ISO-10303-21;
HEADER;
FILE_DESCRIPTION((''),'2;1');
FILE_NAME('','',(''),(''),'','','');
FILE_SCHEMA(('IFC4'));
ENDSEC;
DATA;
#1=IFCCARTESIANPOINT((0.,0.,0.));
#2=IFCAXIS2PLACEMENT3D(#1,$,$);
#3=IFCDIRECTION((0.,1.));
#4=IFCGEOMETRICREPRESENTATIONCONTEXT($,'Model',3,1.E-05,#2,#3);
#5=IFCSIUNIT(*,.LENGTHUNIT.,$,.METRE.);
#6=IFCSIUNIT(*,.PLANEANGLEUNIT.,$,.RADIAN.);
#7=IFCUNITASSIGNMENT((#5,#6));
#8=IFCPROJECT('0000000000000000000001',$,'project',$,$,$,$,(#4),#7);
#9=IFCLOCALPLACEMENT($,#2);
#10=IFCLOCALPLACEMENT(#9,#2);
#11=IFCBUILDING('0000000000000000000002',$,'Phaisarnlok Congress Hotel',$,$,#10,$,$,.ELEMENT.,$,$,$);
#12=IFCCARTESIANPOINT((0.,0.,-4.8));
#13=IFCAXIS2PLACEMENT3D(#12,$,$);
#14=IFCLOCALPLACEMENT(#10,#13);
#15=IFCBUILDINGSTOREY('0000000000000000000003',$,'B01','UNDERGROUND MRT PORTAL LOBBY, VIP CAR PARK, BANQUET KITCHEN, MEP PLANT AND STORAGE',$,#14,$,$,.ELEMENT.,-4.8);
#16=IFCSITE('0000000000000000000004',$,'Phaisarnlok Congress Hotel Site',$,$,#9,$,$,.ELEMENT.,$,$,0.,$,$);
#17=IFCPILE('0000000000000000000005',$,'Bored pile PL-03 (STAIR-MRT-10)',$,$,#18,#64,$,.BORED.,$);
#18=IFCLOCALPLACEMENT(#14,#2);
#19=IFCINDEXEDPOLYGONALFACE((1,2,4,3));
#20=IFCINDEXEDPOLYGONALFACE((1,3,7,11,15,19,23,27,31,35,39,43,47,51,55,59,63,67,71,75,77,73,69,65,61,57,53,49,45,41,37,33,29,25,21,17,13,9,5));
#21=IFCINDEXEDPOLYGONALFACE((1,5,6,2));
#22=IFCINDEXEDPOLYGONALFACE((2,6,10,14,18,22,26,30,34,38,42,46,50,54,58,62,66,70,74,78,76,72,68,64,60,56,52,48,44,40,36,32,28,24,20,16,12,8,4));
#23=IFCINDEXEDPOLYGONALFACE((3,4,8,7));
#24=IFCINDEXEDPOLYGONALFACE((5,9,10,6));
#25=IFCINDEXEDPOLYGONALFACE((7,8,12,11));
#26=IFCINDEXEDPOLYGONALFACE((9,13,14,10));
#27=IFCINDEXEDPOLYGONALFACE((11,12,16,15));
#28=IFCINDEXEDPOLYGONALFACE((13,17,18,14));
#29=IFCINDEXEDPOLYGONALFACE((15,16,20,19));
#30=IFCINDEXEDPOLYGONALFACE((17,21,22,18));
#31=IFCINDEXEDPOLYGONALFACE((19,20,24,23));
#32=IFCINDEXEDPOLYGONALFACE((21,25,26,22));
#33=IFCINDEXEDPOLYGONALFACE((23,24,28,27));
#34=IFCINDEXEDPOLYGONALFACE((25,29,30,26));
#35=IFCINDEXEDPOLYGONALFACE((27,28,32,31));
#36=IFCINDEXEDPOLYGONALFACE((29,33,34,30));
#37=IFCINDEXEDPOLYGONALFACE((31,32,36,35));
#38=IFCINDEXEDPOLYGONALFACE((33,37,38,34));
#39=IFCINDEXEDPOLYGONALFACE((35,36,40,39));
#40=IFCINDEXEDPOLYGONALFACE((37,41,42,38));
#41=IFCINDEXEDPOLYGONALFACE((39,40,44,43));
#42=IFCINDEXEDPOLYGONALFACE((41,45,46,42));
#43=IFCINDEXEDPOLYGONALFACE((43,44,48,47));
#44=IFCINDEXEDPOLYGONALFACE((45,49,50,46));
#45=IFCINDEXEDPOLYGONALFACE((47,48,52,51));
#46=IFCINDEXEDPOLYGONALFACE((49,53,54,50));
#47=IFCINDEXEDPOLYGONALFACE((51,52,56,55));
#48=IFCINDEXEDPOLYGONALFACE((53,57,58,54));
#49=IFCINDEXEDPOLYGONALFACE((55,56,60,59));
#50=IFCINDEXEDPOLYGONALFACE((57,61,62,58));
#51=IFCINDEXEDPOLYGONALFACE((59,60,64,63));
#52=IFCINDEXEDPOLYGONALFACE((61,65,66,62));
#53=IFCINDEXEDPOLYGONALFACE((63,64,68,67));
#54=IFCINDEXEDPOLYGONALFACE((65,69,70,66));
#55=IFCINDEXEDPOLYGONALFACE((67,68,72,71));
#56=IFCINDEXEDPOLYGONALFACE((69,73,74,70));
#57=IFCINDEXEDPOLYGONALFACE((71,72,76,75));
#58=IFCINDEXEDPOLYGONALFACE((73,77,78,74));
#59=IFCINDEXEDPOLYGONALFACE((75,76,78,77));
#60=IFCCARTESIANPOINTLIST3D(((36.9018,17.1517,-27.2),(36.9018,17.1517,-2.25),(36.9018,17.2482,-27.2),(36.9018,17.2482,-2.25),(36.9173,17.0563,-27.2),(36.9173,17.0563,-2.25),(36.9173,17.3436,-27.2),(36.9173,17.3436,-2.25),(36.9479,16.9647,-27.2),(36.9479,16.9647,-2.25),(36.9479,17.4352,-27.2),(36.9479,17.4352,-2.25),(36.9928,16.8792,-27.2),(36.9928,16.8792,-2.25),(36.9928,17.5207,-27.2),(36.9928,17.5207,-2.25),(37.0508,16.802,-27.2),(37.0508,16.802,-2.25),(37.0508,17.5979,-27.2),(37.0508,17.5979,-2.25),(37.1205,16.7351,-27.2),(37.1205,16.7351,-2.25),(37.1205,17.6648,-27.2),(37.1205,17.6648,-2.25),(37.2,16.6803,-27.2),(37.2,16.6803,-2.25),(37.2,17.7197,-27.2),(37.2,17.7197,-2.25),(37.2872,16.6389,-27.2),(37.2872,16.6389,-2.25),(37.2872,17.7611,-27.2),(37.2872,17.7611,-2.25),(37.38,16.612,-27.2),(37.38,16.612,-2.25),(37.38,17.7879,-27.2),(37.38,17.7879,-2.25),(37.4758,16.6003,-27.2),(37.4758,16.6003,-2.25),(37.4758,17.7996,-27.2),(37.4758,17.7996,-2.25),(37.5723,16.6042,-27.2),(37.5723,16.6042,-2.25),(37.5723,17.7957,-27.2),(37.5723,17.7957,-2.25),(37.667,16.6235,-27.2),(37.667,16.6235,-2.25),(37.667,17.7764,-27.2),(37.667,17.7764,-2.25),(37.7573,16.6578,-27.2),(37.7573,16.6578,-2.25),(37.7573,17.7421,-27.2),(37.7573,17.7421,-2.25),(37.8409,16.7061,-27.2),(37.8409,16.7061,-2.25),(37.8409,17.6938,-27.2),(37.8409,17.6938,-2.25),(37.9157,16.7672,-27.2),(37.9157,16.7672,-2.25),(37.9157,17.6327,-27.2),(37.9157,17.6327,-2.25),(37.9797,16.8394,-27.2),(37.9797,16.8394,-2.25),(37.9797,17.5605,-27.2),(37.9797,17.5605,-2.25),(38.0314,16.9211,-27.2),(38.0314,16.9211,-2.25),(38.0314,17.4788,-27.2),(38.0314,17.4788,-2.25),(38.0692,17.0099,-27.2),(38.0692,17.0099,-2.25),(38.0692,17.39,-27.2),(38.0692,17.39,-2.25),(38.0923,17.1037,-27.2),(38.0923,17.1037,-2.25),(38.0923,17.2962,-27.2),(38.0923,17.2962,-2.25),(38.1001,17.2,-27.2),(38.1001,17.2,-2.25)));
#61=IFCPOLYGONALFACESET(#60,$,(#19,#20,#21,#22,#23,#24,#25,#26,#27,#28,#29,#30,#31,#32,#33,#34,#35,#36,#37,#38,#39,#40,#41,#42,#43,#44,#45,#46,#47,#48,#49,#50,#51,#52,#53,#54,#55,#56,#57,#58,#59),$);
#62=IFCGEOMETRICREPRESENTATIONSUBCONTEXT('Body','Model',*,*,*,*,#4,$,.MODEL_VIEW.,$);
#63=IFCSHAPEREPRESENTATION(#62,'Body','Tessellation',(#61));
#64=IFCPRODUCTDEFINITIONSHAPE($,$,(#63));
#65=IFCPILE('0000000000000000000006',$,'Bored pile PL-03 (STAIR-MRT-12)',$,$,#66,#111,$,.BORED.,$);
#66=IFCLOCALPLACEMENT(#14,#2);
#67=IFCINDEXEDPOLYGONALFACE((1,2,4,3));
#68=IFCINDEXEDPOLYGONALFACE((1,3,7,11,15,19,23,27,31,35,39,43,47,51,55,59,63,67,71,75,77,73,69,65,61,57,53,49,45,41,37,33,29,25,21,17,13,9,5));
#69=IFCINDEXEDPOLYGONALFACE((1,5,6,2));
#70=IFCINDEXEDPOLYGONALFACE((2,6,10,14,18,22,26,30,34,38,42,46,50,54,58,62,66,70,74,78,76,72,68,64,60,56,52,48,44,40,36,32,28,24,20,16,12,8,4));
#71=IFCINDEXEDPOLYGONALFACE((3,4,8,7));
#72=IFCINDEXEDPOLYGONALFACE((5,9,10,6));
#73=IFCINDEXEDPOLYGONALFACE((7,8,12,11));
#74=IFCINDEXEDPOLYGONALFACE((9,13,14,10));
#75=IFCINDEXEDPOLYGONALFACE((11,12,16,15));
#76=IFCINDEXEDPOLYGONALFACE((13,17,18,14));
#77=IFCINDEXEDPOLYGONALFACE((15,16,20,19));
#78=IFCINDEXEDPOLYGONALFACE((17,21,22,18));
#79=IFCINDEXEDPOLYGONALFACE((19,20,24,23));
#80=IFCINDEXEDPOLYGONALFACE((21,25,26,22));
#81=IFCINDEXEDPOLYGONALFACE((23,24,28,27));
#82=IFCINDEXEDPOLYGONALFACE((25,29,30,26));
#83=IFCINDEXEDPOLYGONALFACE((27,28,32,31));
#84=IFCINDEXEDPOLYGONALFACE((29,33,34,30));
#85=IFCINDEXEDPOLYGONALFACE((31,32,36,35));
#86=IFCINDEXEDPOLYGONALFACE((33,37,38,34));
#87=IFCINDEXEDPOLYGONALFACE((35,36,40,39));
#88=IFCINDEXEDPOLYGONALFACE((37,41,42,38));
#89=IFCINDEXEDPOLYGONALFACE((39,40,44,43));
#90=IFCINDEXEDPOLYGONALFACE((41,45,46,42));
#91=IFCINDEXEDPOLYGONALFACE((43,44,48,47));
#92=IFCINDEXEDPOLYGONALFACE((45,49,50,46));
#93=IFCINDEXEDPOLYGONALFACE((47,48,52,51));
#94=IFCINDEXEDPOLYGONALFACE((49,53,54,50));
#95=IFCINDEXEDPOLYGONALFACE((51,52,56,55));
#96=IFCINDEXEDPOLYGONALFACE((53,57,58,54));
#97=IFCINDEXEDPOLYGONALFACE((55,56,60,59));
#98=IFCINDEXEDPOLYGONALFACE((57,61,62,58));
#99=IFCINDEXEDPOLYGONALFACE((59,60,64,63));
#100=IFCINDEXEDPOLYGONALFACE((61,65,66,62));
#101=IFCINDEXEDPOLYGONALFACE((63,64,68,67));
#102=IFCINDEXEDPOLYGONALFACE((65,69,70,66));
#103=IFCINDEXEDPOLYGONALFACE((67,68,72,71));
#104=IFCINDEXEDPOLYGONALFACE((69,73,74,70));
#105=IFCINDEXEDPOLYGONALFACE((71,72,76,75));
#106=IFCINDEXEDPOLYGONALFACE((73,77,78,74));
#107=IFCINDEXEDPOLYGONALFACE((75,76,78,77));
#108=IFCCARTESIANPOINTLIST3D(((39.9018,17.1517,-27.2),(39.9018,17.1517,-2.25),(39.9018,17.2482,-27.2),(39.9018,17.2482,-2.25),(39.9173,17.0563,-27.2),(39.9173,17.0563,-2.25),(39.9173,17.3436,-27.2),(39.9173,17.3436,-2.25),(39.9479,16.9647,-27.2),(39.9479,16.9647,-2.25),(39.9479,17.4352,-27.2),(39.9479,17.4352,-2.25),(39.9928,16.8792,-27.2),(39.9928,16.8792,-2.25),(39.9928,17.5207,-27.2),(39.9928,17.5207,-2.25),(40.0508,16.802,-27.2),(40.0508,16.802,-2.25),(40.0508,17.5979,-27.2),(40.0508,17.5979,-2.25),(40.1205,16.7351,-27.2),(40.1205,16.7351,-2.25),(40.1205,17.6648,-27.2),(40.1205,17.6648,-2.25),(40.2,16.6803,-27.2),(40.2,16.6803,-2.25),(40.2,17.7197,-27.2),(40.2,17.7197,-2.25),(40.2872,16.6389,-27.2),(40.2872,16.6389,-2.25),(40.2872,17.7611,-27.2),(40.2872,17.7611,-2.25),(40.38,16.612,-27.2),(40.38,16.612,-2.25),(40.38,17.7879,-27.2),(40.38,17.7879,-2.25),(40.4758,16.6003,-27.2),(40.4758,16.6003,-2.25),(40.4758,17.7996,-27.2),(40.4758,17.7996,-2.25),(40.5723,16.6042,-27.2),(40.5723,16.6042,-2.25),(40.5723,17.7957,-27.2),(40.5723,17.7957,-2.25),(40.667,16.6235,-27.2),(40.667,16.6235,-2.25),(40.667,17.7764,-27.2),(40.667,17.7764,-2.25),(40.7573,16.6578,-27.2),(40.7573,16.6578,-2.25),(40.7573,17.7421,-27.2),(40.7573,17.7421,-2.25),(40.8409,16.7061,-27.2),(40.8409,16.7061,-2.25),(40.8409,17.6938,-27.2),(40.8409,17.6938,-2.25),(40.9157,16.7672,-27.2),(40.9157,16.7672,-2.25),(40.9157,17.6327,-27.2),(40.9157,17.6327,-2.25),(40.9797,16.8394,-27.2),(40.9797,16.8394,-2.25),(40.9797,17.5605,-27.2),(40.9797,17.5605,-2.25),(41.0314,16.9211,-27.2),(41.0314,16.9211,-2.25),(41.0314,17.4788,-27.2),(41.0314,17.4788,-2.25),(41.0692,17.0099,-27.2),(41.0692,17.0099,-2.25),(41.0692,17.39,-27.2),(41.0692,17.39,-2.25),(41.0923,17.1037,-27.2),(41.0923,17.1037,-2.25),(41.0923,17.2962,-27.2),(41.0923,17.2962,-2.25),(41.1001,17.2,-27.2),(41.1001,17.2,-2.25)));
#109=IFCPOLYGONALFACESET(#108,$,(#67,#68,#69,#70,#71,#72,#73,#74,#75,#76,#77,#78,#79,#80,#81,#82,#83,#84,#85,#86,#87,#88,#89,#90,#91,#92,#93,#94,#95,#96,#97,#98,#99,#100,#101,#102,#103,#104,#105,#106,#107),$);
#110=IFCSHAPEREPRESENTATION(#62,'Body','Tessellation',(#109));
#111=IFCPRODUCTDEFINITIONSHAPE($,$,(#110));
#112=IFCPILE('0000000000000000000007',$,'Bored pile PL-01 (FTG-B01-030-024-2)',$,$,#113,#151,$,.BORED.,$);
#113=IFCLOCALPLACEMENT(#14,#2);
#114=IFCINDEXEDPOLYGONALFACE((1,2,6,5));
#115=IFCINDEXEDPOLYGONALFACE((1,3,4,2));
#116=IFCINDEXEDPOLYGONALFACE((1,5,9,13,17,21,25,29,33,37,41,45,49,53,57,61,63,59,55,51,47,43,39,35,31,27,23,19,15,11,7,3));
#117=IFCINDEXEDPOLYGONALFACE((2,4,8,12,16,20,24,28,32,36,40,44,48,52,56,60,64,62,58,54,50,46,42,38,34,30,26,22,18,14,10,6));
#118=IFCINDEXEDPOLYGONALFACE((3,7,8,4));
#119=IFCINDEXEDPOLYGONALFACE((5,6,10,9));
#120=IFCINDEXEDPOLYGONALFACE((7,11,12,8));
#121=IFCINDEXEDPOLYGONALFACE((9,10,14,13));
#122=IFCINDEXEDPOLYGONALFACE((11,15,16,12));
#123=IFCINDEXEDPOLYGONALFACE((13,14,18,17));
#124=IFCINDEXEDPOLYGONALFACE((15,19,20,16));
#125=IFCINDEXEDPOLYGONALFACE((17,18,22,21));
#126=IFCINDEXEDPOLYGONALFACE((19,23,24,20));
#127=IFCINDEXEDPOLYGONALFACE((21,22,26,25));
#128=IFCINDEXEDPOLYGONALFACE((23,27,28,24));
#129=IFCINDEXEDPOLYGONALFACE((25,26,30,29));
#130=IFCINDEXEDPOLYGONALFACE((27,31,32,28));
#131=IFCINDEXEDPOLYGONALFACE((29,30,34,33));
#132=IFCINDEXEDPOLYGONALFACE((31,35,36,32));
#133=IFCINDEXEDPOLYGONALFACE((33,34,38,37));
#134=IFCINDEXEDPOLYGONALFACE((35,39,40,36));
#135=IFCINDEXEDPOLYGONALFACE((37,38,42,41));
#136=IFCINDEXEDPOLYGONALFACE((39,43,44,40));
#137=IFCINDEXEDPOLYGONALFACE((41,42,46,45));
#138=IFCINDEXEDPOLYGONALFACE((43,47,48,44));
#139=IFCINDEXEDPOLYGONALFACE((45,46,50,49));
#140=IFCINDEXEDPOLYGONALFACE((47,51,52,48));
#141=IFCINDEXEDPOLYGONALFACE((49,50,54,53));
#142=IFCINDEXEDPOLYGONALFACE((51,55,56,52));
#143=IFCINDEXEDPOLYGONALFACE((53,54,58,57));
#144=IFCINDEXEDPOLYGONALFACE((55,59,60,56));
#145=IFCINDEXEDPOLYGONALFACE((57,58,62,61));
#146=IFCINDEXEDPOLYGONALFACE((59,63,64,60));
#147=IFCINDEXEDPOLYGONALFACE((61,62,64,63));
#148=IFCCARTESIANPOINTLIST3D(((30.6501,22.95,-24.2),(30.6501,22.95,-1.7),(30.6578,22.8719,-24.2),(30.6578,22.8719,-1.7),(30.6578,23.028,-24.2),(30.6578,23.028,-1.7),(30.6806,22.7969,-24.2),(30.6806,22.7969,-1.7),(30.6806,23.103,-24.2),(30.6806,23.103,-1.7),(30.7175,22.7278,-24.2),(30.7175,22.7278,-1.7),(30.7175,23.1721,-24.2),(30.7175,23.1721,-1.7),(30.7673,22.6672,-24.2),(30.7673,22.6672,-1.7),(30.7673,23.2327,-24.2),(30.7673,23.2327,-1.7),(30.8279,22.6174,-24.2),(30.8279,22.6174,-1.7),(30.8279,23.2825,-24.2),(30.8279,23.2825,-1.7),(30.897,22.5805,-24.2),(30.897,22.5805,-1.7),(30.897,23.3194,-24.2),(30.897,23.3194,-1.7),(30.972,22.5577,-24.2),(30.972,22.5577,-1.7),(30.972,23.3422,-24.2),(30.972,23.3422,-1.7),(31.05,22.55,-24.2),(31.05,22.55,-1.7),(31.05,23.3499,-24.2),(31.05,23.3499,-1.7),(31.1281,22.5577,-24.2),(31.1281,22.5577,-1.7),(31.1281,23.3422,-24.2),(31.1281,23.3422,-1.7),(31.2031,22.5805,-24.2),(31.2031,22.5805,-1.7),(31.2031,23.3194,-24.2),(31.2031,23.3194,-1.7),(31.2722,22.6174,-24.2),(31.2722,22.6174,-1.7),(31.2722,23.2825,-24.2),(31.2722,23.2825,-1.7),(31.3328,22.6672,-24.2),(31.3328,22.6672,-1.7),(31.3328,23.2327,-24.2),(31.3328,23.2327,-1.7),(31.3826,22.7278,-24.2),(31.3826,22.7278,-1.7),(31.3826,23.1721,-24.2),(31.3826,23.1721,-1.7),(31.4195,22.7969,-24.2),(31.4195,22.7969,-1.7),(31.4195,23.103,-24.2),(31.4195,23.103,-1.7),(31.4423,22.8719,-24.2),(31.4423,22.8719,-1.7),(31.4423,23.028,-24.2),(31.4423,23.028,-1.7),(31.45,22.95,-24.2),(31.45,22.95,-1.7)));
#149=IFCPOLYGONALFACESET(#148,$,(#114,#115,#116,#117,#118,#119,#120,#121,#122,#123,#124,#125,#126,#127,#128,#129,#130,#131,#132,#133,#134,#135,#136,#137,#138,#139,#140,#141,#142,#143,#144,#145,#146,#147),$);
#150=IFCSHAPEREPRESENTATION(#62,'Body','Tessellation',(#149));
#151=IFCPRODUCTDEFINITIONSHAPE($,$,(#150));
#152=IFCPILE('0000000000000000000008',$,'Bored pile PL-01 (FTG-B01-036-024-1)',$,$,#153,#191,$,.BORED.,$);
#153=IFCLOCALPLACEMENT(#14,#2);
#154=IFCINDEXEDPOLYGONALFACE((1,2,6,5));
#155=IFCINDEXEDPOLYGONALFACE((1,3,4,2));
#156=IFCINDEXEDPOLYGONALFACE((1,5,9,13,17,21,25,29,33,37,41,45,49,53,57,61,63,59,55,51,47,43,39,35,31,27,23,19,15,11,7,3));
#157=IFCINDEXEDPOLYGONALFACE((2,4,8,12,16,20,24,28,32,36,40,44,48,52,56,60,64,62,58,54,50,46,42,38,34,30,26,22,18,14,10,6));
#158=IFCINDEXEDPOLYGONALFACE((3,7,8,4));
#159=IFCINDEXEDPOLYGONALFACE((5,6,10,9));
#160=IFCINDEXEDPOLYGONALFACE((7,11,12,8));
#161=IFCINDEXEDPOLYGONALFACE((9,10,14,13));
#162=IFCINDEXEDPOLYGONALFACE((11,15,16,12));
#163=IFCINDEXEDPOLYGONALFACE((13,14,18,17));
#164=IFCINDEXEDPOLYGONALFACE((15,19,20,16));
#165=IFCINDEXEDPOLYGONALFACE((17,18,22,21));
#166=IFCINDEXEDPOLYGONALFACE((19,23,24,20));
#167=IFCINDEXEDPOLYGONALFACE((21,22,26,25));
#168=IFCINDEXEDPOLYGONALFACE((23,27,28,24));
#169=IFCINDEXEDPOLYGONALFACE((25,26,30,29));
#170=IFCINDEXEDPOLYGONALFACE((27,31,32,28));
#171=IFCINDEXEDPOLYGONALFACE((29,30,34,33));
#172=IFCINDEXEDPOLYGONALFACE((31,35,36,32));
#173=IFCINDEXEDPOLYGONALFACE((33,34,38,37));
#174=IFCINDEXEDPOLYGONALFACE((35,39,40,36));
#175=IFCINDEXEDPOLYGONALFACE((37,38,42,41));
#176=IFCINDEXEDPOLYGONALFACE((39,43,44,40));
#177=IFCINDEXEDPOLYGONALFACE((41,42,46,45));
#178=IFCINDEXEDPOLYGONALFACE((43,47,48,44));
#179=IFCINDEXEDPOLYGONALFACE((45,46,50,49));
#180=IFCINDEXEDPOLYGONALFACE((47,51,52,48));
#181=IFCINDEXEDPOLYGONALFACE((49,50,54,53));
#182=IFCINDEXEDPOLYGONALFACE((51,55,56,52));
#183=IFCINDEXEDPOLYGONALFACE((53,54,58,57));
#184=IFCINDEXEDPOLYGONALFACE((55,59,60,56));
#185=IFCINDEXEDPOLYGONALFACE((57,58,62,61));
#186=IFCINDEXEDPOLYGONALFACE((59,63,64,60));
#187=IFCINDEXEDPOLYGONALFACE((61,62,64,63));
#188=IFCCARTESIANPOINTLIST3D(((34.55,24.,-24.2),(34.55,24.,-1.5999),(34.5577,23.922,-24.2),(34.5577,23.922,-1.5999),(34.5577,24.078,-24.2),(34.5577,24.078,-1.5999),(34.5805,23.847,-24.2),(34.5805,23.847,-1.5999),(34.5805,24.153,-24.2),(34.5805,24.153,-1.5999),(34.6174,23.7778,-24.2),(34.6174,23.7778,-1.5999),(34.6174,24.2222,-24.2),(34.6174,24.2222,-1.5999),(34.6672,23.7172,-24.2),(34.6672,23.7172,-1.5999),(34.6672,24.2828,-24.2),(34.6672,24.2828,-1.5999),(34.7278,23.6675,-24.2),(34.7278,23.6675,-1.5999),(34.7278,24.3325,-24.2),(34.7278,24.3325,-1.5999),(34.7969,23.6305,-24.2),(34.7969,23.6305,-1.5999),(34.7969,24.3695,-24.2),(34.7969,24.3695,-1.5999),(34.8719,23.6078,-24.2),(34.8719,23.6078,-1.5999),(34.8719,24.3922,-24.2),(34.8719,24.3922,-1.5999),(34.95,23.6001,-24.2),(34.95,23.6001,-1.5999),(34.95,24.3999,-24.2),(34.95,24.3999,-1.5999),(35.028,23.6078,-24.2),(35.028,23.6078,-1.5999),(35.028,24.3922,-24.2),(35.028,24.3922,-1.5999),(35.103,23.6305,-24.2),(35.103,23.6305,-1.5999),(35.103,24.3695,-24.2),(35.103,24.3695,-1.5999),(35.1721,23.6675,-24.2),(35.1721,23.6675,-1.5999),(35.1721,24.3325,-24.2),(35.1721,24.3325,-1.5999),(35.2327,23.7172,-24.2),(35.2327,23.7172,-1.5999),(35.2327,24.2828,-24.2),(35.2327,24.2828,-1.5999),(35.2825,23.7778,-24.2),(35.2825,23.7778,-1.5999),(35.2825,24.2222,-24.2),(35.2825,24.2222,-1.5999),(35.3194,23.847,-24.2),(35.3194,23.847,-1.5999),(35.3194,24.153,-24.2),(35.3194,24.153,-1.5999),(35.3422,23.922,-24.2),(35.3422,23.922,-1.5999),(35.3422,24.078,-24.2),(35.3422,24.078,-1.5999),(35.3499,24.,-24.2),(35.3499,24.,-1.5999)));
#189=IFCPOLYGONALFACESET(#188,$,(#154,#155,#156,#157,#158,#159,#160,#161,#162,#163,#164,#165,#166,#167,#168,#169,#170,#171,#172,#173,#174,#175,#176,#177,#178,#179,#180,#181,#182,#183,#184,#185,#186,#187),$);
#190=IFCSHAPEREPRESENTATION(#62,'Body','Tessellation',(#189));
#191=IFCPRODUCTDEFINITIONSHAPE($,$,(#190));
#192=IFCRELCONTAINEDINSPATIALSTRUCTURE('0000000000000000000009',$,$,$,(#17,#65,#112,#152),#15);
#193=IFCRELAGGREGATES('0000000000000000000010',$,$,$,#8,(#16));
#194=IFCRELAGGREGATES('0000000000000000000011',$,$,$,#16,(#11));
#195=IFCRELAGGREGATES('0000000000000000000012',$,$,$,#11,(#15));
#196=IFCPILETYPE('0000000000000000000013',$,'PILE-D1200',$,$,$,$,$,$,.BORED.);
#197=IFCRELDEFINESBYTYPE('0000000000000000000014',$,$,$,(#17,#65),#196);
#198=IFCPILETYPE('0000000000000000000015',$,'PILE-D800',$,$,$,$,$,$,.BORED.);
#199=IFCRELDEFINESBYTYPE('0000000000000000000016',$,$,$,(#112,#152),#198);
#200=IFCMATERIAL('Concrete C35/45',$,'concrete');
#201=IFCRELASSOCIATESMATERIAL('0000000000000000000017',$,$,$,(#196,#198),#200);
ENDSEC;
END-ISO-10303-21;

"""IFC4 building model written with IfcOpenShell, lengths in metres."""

from ifc_helpers import new_model, si_unit, direction, frame, origin, origin_2d, place, context, subcontext, project, spatial, circle, extrude, material, material_profile, profile_set, type_object, element, save


model = new_model("IFC4")

# Units and contexts
model_context = context("Model", 3, precision=1e-05, world=origin(), true_north=direction((0.0, 1.0)))
body_context = subcontext(model_context, "Body", "Model", "MODEL_VIEW")
ifc_project = project(units=[si_unit("LENGTHUNIT", "METRE"), si_unit("PLANEANGLEUNIT", "RADIAN")], contexts=[model_context])

# Site, building, storey
site_placement = place(None, origin())
site = spatial("IfcSite", under=ifc_project, at=site_placement, Name="Phaisarnlok Congress Hotel Site", CompositionType="ELEMENT", RefElevation=0.0)
building_placement = place(site_placement, origin())
building = spatial("IfcBuilding", under=site, at=building_placement, Name="Phaisarnlok Congress Hotel", CompositionType="ELEMENT")
storey_placement = place(building_placement, frame((0.0, 0.0, -4.8)))
storey = spatial("IfcBuildingStorey", under=building, at=storey_placement, Name="B01", Description="UNDERGROUND MRT PORTAL LOBBY, VIP CAR PARK, BANQUET KITCHEN, MEP PLANT AND STORAGE", CompositionType="ELEMENT", Elevation=-4.8)

# Piles
ifc_material_1 = material(Name="Concrete C35/45", Category="concrete")
ifc_material_profile_1 = material_profile(ifc_material_1, circle(Radius=0.6001, at=origin_2d()), Name="BORED PILE D1200")
ifc_profile_set_1 = profile_set([ifc_material_profile_1], Name="Concrete C35/45")
pile_type_1 = type_object("IfcPileType", Name="PILE-D1200", PredefinedType="BORED", material=ifc_profile_set_1)
for number, where, z_axis, x_axis, name in (
    (1, (37.5, 17.2, -2.25), (0.0, 0.0, -1.0), (1.0, 0.0, 0.0), "Bored pile PL-03 (STAIR-MRT-10)"),
    (2, (40.5, 17.2, -2.25), (0.0, 0.0, -1.0), (1.0, 0.0, 0.0), "Bored pile PL-03 (STAIR-MRT-12)"),
):
    element("IfcPile", number, at=place(storey_placement, frame(where, z_axis=z_axis, x_axis=x_axis)), inside=storey, type_object=pile_type_1, Name=name, PredefinedType="BORED", context=body_context, shape_type="SweptSolid", body=[
        extrude(circle(Radius=0.6001, at=origin_2d()), origin(), (0.0, 0.0, 1.0), 24.95),
    ])
ifc_material_profile_2 = material_profile(ifc_material_1, circle(Radius=0.3999, at=origin_2d()), Name="BORED PILE D800")
ifc_profile_set_2 = profile_set([ifc_material_profile_2], Name="Concrete C35/45")
pile_type_2 = type_object("IfcPileType", Name="PILE-D800", PredefinedType="BORED", material=ifc_profile_set_2)
pile_1_placement = place(storey_placement, frame((31.05, 22.95, -1.7), z_axis=(0.0, 0.0, -1.0), x_axis=(1.0, 0.0, 0.0)))
element("IfcPile", 3, at=pile_1_placement, inside=storey, type_object=pile_type_2, Name="Bored pile PL-01 (FTG-B01-030-024-2)", PredefinedType="BORED", context=body_context, shape_type="SweptSolid", body=[
    extrude(circle(Radius=0.3999, at=origin_2d()), origin(), (0.0, 0.0, 1.0), 22.5),
])
for number, where, z_axis, x_axis, name in (
    (4, (34.95, 24.0, -1.5999), (0.0, 0.0, -1.0), (1.0, 0.0, 0.0), "Bored pile PL-01 (FTG-B01-036-024-1)"),
):
    element("IfcPile", number, at=place(storey_placement, frame(where, z_axis=z_axis, x_axis=x_axis)), inside=storey, type_object=pile_type_2, Name=name, PredefinedType="BORED", context=body_context, shape_type="SweptSolid", body=[
        extrude(circle(Radius=0.3999, at=origin_2d()), origin(), (0.0, 0.0, 1.0), 22.6001),
    ])

save(model, "model.ifc")
